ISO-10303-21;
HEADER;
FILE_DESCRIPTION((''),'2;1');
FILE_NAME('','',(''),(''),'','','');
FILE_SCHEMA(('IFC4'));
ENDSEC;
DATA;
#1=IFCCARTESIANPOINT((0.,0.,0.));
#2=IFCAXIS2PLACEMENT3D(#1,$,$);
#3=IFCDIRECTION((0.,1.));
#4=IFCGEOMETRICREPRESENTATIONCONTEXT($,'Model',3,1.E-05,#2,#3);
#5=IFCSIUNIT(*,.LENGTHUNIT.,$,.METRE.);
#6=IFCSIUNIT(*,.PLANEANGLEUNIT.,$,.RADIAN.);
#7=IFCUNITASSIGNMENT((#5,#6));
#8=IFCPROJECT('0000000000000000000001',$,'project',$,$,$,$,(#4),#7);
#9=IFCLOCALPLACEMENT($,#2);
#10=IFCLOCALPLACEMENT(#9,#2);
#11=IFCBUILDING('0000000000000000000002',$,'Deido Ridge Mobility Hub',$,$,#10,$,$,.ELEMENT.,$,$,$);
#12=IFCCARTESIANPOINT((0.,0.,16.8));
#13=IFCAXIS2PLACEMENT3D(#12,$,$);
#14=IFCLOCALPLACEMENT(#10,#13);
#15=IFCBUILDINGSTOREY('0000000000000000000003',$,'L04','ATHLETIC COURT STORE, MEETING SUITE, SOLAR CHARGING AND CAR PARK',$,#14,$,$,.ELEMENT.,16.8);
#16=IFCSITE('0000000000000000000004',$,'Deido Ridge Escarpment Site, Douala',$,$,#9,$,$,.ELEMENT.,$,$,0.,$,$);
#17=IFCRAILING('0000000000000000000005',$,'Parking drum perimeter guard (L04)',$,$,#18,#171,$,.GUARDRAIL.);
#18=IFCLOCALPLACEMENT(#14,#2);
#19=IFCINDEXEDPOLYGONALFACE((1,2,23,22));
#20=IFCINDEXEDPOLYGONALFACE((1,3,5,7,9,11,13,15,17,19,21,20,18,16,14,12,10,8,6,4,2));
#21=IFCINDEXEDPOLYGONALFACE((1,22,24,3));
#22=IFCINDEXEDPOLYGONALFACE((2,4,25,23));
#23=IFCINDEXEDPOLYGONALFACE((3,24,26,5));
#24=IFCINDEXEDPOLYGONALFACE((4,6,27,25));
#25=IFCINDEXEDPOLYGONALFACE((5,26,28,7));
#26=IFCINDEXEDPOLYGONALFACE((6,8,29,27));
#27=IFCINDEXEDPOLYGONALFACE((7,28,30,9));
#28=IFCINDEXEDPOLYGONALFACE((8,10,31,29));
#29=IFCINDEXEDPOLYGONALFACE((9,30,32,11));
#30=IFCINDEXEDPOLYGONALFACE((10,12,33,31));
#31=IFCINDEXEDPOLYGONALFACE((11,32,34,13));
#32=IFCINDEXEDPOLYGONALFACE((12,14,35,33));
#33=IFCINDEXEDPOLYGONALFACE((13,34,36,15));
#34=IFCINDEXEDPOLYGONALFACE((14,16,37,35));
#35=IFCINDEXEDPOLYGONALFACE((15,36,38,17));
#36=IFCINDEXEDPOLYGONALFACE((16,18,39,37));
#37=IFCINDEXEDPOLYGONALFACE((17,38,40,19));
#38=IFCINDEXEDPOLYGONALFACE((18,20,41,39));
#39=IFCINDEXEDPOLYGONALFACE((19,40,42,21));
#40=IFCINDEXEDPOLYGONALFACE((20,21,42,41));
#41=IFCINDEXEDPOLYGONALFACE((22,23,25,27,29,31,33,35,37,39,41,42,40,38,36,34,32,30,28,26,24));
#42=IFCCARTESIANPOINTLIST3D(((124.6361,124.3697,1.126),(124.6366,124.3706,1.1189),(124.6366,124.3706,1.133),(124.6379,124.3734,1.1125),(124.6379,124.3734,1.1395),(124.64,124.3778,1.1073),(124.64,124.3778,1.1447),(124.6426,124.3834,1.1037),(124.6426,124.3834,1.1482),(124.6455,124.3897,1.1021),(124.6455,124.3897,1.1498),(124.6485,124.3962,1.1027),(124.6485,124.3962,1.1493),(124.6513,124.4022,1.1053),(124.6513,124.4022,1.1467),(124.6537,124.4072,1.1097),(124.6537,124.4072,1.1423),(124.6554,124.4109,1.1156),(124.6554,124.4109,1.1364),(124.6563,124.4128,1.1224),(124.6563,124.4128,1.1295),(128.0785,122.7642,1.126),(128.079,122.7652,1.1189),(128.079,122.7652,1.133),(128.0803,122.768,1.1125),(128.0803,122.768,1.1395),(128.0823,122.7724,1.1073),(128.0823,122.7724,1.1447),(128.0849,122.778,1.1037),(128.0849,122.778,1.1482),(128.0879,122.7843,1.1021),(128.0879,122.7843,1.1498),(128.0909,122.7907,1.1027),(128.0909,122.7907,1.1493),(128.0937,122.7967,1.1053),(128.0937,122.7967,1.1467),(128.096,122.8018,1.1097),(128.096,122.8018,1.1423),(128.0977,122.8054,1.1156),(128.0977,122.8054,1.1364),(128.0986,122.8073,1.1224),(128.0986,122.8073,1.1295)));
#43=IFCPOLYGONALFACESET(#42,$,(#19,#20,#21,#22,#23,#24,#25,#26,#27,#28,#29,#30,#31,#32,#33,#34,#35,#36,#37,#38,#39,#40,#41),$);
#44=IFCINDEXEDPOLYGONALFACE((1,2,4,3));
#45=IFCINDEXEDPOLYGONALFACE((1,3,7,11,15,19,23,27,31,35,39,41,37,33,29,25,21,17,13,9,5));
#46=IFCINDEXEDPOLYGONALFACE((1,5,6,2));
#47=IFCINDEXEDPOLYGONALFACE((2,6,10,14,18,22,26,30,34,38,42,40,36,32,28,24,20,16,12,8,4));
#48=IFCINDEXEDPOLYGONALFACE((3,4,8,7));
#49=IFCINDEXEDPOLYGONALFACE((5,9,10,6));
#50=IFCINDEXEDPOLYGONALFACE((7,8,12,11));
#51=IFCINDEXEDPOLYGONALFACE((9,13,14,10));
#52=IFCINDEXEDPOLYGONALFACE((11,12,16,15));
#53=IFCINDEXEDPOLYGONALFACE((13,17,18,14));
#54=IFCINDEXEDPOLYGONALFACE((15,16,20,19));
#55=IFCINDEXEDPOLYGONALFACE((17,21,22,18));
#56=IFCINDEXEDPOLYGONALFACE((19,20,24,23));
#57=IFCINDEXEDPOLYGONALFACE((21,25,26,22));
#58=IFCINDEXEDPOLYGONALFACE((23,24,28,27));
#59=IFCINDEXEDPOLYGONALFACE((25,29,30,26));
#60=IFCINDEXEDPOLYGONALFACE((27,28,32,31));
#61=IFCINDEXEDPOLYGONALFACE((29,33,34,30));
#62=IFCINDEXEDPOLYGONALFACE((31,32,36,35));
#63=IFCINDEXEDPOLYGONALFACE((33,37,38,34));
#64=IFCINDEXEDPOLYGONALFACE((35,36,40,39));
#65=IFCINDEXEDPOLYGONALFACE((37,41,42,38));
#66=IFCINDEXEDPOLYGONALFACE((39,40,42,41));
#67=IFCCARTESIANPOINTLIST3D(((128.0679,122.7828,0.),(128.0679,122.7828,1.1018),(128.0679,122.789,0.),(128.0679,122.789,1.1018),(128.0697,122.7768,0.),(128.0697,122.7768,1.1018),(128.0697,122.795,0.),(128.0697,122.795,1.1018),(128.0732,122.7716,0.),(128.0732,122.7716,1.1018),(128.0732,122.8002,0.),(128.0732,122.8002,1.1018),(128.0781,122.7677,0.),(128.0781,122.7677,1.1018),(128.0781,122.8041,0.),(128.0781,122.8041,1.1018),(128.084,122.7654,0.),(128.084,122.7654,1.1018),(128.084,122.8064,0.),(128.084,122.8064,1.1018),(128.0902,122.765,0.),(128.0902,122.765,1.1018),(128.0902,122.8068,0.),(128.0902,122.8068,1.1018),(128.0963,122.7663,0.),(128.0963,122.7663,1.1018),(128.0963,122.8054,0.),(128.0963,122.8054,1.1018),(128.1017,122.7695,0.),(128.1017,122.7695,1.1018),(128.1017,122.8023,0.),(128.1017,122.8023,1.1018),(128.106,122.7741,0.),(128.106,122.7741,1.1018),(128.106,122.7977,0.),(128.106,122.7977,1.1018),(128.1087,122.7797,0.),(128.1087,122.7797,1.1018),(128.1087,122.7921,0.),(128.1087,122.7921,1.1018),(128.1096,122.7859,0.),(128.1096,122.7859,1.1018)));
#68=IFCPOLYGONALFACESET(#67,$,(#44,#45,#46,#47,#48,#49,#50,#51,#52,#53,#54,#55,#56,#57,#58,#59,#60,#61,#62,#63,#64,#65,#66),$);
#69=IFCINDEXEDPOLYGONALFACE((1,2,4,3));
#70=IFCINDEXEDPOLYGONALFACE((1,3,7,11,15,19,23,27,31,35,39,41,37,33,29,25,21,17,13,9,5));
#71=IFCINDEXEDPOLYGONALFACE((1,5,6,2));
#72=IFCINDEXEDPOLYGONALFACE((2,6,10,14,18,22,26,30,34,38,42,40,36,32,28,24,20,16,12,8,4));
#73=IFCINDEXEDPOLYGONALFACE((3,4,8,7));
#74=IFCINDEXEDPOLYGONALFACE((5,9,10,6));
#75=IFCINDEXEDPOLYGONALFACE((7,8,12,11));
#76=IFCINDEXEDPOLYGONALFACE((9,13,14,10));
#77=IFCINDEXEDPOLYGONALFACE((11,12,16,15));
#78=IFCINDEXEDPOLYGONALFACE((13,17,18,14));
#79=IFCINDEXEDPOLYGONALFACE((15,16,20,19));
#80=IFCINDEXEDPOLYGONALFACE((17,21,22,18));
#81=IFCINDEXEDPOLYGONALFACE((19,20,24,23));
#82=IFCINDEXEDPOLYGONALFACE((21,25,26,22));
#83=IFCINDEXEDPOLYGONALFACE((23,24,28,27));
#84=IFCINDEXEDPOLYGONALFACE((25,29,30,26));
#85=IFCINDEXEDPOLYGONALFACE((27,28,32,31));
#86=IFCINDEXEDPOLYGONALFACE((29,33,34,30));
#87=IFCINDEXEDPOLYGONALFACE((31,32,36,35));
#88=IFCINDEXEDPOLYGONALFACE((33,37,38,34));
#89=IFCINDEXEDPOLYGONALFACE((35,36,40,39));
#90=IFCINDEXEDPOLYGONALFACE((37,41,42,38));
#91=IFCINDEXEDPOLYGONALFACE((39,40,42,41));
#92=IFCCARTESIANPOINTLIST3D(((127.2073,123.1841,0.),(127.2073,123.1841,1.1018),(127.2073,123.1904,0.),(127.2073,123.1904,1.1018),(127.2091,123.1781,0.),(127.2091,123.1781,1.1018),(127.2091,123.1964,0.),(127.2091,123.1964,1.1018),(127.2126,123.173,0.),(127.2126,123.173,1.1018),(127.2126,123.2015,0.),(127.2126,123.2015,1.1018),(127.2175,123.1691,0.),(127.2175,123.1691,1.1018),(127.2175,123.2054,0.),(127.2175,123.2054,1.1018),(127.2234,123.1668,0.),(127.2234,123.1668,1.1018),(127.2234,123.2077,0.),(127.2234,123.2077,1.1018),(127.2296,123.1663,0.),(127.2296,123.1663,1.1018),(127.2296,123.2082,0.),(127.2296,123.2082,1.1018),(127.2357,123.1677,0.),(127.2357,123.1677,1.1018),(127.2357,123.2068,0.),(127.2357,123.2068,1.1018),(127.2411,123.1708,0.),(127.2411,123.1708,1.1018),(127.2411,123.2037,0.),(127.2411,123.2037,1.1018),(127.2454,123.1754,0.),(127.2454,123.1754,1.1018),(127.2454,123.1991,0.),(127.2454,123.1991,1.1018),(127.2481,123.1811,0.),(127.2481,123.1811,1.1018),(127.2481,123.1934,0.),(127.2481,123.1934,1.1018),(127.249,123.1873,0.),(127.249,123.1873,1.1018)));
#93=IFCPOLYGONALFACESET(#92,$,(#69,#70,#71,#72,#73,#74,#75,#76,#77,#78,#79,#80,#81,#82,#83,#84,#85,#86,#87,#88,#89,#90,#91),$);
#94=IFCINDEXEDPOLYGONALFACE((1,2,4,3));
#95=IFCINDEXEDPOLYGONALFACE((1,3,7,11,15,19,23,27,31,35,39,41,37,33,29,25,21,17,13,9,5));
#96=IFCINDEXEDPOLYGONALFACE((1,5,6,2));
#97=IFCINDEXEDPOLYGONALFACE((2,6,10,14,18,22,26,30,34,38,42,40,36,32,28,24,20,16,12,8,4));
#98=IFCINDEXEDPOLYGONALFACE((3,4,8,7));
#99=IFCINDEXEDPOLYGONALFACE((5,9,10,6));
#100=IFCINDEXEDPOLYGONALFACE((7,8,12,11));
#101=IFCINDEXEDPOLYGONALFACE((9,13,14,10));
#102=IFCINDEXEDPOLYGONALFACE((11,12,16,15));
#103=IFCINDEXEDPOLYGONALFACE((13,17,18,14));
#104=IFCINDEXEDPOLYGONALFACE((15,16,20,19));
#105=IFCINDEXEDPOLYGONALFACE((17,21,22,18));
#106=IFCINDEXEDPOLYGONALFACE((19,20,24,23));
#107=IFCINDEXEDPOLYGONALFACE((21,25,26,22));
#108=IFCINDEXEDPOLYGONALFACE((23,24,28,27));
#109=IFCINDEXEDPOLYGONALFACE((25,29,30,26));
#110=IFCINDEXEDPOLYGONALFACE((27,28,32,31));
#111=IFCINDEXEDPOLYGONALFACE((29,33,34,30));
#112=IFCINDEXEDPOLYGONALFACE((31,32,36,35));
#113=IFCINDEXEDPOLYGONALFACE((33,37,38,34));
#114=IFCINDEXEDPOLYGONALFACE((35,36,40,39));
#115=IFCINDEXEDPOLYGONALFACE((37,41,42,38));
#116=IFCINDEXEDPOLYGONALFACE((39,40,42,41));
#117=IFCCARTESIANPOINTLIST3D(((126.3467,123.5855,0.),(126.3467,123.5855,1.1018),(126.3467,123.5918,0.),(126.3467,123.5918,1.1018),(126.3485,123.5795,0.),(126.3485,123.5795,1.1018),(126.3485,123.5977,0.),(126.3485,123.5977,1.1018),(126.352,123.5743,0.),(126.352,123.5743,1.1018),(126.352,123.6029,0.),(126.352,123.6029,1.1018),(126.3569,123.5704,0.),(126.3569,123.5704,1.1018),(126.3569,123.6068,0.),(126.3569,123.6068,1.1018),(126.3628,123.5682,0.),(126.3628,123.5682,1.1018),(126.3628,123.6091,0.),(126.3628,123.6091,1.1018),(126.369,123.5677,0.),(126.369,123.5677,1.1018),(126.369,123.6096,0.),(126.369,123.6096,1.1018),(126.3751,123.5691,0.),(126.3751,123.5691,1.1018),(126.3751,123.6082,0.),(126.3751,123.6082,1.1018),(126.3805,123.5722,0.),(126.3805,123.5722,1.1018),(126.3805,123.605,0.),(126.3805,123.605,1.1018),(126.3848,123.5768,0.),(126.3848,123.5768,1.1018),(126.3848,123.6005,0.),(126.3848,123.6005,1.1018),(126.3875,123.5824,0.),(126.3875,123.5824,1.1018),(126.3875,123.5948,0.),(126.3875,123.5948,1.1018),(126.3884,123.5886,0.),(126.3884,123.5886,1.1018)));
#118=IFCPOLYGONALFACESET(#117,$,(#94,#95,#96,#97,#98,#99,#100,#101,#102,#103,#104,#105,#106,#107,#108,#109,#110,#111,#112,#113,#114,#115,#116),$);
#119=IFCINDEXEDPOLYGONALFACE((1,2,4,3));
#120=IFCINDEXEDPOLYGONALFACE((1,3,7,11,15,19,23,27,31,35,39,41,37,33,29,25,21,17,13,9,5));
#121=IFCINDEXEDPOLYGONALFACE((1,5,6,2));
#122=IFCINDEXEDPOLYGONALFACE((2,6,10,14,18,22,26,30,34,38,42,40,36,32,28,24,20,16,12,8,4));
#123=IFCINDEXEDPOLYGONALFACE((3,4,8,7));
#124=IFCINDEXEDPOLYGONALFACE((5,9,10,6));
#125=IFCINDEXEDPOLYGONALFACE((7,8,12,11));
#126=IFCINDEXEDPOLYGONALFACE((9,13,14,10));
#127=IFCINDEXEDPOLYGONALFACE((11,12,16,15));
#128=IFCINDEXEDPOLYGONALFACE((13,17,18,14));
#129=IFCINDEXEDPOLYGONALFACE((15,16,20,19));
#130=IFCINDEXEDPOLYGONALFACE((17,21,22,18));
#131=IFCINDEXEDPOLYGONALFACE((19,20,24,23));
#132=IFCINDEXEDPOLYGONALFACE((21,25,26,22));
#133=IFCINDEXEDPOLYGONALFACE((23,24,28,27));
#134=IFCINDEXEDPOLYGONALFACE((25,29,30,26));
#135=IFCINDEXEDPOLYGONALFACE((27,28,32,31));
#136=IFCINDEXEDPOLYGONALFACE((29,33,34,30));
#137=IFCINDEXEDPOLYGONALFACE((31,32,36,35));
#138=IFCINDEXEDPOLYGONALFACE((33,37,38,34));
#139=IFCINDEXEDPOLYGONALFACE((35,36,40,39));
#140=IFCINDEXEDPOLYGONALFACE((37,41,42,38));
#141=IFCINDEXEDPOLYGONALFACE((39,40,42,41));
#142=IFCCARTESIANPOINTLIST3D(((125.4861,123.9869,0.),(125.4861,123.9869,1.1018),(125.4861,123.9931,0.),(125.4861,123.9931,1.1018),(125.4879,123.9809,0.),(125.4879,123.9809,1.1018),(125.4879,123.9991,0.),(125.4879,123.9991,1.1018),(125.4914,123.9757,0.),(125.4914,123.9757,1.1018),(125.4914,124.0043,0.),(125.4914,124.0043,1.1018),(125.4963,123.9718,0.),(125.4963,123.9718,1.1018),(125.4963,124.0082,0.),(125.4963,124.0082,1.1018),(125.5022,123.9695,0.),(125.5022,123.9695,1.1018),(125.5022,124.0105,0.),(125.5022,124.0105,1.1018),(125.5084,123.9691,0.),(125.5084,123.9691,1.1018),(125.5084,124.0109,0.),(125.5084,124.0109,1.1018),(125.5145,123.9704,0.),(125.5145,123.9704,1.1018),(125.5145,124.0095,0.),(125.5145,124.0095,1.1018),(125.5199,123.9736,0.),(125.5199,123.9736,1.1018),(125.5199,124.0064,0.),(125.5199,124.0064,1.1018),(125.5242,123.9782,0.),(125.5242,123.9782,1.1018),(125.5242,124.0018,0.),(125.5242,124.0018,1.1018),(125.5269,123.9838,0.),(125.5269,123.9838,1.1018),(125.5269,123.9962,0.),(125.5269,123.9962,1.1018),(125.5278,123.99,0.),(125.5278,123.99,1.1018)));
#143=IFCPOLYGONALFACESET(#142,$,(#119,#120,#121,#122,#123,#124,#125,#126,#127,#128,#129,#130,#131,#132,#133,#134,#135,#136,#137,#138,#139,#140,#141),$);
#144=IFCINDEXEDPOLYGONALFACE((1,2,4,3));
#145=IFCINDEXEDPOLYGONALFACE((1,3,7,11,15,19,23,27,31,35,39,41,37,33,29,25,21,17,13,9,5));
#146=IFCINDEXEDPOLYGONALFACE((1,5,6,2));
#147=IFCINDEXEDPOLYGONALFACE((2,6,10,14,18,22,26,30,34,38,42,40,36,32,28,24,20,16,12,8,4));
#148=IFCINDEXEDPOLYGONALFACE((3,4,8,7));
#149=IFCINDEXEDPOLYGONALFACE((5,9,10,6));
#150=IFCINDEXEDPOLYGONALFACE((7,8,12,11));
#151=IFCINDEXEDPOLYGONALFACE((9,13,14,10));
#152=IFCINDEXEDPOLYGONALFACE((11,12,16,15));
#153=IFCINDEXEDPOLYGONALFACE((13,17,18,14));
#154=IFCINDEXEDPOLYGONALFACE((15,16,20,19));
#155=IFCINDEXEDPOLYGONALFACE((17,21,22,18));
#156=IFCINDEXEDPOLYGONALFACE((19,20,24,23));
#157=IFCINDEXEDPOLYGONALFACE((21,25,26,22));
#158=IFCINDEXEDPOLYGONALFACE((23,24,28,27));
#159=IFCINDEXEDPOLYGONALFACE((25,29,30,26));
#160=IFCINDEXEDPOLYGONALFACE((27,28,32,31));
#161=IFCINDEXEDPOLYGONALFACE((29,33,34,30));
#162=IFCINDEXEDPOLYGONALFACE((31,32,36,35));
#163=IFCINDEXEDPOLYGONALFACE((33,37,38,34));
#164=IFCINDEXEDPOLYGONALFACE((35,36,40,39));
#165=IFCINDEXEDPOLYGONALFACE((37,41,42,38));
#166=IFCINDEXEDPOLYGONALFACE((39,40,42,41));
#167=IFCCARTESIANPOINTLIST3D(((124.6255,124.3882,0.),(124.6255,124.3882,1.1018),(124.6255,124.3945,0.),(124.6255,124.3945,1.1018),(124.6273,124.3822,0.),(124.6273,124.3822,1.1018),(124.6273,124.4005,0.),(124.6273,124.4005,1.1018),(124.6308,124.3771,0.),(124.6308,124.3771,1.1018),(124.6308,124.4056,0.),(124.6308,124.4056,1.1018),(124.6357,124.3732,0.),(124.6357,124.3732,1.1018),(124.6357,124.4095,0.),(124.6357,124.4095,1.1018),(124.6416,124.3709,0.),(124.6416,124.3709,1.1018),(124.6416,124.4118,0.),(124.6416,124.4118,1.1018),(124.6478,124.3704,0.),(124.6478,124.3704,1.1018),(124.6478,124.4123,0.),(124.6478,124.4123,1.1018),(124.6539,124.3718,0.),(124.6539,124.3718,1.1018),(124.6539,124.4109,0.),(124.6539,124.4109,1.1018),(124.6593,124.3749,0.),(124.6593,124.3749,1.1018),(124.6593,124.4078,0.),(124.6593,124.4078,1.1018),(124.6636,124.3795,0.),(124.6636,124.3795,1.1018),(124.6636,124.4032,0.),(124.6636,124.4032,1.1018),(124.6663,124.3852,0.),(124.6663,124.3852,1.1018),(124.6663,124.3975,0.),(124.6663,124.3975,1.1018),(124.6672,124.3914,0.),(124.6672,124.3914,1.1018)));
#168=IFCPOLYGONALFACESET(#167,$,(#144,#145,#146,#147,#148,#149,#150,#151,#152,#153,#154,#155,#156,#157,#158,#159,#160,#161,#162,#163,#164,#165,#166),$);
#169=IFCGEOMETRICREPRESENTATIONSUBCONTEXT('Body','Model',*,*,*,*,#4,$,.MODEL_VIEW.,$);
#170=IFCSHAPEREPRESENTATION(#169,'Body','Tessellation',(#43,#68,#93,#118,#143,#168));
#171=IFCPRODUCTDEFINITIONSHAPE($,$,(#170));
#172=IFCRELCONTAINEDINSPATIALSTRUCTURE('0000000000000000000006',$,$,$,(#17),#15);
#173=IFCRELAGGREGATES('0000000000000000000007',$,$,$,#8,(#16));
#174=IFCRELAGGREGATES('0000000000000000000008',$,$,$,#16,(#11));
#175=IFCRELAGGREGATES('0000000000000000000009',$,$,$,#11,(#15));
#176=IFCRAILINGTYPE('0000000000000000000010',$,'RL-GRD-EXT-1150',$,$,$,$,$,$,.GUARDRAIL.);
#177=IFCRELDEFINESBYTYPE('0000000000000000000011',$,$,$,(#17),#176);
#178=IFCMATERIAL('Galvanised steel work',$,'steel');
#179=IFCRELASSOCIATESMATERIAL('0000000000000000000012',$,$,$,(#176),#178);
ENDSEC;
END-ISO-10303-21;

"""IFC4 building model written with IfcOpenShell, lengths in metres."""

from ifc_helpers import new_model, si_unit, direction, frame, origin, origin_2d, place, context, subcontext, project, spatial, circle, extrude, material, type_object, element, save


model = new_model("IFC4")

# Units and contexts
model_context = context("Model", 3, precision=1e-05, world=origin(), true_north=direction((0.0, 1.0)))
body_context = subcontext(model_context, "Body", "Model", "MODEL_VIEW")
ifc_project = project(units=[si_unit("LENGTHUNIT", "METRE"), si_unit("PLANEANGLEUNIT", "RADIAN")], contexts=[model_context])

# Site, building, storey
site_placement = place(None, origin())
site = spatial("IfcSite", under=ifc_project, at=site_placement, Name="Deido Ridge Escarpment Site, Douala", CompositionType="ELEMENT", RefElevation=0.0)
building_placement = place(site_placement, origin())
building = spatial("IfcBuilding", under=site, at=building_placement, Name="Deido Ridge Mobility Hub", CompositionType="ELEMENT")
storey_placement = place(building_placement, frame((0.0, 0.0, 16.8)))
storey = spatial("IfcBuildingStorey", under=building, at=storey_placement, Name="L04", Description="ATHLETIC COURT STORE, MEETING SUITE, SOLAR CHARGING AND CAR PARK", CompositionType="ELEMENT", Elevation=16.8)

# Railing
ifc_material_1 = material(Name="Galvanised steel work", Category="steel")
railing_type = type_object("IfcRailingType", Name="RL-GRD-EXT-1150", PredefinedType="GUARDRAIL", material=ifc_material_1)
railing_1_placement = place(storey_placement, frame((128.0886, 122.7859, 0.0)))
element("IfcRailing", 1, at=railing_1_placement, inside=storey, type_object=railing_type, Name="Parking drum perimeter guard (L04)", PredefinedType="GUARDRAIL", context=body_context, shape_type="SweptSolid", body=[
    extrude(circle(Radius=0.0239, at=origin_2d()), frame((0.0, 0.0, 1.126), z_axis=(-0.906282, 0.422674, 0.0), x_axis=(-0.422674, -0.906282, 0.0)), (0.0, 0.0, 1.0), 3.7983),
    extrude(circle(Radius=0.021, at=origin_2d()), origin(), (0.0, 0.0, 1.0), 1.1018),
    extrude(circle(Radius=0.021, at=origin_2d()), frame((-0.8606, 0.4014, 0.0)), (0.0, 0.0, 1.0), 1.1018),
    extrude(circle(Radius=0.021, at=origin_2d()), frame((-1.7212, 0.8027, 0.0)), (0.0, 0.0, 1.0), 1.1018),
    extrude(circle(Radius=0.021, at=origin_2d()), frame((-2.5818, 1.2041, 0.0)), (0.0, 0.0, 1.0), 1.1018),
    extrude(circle(Radius=0.021, at=origin_2d()), frame((-3.4424, 1.6055, 0.0)), (0.0, 0.0, 1.0), 1.1018),
])

save(model, "model.ifc")
